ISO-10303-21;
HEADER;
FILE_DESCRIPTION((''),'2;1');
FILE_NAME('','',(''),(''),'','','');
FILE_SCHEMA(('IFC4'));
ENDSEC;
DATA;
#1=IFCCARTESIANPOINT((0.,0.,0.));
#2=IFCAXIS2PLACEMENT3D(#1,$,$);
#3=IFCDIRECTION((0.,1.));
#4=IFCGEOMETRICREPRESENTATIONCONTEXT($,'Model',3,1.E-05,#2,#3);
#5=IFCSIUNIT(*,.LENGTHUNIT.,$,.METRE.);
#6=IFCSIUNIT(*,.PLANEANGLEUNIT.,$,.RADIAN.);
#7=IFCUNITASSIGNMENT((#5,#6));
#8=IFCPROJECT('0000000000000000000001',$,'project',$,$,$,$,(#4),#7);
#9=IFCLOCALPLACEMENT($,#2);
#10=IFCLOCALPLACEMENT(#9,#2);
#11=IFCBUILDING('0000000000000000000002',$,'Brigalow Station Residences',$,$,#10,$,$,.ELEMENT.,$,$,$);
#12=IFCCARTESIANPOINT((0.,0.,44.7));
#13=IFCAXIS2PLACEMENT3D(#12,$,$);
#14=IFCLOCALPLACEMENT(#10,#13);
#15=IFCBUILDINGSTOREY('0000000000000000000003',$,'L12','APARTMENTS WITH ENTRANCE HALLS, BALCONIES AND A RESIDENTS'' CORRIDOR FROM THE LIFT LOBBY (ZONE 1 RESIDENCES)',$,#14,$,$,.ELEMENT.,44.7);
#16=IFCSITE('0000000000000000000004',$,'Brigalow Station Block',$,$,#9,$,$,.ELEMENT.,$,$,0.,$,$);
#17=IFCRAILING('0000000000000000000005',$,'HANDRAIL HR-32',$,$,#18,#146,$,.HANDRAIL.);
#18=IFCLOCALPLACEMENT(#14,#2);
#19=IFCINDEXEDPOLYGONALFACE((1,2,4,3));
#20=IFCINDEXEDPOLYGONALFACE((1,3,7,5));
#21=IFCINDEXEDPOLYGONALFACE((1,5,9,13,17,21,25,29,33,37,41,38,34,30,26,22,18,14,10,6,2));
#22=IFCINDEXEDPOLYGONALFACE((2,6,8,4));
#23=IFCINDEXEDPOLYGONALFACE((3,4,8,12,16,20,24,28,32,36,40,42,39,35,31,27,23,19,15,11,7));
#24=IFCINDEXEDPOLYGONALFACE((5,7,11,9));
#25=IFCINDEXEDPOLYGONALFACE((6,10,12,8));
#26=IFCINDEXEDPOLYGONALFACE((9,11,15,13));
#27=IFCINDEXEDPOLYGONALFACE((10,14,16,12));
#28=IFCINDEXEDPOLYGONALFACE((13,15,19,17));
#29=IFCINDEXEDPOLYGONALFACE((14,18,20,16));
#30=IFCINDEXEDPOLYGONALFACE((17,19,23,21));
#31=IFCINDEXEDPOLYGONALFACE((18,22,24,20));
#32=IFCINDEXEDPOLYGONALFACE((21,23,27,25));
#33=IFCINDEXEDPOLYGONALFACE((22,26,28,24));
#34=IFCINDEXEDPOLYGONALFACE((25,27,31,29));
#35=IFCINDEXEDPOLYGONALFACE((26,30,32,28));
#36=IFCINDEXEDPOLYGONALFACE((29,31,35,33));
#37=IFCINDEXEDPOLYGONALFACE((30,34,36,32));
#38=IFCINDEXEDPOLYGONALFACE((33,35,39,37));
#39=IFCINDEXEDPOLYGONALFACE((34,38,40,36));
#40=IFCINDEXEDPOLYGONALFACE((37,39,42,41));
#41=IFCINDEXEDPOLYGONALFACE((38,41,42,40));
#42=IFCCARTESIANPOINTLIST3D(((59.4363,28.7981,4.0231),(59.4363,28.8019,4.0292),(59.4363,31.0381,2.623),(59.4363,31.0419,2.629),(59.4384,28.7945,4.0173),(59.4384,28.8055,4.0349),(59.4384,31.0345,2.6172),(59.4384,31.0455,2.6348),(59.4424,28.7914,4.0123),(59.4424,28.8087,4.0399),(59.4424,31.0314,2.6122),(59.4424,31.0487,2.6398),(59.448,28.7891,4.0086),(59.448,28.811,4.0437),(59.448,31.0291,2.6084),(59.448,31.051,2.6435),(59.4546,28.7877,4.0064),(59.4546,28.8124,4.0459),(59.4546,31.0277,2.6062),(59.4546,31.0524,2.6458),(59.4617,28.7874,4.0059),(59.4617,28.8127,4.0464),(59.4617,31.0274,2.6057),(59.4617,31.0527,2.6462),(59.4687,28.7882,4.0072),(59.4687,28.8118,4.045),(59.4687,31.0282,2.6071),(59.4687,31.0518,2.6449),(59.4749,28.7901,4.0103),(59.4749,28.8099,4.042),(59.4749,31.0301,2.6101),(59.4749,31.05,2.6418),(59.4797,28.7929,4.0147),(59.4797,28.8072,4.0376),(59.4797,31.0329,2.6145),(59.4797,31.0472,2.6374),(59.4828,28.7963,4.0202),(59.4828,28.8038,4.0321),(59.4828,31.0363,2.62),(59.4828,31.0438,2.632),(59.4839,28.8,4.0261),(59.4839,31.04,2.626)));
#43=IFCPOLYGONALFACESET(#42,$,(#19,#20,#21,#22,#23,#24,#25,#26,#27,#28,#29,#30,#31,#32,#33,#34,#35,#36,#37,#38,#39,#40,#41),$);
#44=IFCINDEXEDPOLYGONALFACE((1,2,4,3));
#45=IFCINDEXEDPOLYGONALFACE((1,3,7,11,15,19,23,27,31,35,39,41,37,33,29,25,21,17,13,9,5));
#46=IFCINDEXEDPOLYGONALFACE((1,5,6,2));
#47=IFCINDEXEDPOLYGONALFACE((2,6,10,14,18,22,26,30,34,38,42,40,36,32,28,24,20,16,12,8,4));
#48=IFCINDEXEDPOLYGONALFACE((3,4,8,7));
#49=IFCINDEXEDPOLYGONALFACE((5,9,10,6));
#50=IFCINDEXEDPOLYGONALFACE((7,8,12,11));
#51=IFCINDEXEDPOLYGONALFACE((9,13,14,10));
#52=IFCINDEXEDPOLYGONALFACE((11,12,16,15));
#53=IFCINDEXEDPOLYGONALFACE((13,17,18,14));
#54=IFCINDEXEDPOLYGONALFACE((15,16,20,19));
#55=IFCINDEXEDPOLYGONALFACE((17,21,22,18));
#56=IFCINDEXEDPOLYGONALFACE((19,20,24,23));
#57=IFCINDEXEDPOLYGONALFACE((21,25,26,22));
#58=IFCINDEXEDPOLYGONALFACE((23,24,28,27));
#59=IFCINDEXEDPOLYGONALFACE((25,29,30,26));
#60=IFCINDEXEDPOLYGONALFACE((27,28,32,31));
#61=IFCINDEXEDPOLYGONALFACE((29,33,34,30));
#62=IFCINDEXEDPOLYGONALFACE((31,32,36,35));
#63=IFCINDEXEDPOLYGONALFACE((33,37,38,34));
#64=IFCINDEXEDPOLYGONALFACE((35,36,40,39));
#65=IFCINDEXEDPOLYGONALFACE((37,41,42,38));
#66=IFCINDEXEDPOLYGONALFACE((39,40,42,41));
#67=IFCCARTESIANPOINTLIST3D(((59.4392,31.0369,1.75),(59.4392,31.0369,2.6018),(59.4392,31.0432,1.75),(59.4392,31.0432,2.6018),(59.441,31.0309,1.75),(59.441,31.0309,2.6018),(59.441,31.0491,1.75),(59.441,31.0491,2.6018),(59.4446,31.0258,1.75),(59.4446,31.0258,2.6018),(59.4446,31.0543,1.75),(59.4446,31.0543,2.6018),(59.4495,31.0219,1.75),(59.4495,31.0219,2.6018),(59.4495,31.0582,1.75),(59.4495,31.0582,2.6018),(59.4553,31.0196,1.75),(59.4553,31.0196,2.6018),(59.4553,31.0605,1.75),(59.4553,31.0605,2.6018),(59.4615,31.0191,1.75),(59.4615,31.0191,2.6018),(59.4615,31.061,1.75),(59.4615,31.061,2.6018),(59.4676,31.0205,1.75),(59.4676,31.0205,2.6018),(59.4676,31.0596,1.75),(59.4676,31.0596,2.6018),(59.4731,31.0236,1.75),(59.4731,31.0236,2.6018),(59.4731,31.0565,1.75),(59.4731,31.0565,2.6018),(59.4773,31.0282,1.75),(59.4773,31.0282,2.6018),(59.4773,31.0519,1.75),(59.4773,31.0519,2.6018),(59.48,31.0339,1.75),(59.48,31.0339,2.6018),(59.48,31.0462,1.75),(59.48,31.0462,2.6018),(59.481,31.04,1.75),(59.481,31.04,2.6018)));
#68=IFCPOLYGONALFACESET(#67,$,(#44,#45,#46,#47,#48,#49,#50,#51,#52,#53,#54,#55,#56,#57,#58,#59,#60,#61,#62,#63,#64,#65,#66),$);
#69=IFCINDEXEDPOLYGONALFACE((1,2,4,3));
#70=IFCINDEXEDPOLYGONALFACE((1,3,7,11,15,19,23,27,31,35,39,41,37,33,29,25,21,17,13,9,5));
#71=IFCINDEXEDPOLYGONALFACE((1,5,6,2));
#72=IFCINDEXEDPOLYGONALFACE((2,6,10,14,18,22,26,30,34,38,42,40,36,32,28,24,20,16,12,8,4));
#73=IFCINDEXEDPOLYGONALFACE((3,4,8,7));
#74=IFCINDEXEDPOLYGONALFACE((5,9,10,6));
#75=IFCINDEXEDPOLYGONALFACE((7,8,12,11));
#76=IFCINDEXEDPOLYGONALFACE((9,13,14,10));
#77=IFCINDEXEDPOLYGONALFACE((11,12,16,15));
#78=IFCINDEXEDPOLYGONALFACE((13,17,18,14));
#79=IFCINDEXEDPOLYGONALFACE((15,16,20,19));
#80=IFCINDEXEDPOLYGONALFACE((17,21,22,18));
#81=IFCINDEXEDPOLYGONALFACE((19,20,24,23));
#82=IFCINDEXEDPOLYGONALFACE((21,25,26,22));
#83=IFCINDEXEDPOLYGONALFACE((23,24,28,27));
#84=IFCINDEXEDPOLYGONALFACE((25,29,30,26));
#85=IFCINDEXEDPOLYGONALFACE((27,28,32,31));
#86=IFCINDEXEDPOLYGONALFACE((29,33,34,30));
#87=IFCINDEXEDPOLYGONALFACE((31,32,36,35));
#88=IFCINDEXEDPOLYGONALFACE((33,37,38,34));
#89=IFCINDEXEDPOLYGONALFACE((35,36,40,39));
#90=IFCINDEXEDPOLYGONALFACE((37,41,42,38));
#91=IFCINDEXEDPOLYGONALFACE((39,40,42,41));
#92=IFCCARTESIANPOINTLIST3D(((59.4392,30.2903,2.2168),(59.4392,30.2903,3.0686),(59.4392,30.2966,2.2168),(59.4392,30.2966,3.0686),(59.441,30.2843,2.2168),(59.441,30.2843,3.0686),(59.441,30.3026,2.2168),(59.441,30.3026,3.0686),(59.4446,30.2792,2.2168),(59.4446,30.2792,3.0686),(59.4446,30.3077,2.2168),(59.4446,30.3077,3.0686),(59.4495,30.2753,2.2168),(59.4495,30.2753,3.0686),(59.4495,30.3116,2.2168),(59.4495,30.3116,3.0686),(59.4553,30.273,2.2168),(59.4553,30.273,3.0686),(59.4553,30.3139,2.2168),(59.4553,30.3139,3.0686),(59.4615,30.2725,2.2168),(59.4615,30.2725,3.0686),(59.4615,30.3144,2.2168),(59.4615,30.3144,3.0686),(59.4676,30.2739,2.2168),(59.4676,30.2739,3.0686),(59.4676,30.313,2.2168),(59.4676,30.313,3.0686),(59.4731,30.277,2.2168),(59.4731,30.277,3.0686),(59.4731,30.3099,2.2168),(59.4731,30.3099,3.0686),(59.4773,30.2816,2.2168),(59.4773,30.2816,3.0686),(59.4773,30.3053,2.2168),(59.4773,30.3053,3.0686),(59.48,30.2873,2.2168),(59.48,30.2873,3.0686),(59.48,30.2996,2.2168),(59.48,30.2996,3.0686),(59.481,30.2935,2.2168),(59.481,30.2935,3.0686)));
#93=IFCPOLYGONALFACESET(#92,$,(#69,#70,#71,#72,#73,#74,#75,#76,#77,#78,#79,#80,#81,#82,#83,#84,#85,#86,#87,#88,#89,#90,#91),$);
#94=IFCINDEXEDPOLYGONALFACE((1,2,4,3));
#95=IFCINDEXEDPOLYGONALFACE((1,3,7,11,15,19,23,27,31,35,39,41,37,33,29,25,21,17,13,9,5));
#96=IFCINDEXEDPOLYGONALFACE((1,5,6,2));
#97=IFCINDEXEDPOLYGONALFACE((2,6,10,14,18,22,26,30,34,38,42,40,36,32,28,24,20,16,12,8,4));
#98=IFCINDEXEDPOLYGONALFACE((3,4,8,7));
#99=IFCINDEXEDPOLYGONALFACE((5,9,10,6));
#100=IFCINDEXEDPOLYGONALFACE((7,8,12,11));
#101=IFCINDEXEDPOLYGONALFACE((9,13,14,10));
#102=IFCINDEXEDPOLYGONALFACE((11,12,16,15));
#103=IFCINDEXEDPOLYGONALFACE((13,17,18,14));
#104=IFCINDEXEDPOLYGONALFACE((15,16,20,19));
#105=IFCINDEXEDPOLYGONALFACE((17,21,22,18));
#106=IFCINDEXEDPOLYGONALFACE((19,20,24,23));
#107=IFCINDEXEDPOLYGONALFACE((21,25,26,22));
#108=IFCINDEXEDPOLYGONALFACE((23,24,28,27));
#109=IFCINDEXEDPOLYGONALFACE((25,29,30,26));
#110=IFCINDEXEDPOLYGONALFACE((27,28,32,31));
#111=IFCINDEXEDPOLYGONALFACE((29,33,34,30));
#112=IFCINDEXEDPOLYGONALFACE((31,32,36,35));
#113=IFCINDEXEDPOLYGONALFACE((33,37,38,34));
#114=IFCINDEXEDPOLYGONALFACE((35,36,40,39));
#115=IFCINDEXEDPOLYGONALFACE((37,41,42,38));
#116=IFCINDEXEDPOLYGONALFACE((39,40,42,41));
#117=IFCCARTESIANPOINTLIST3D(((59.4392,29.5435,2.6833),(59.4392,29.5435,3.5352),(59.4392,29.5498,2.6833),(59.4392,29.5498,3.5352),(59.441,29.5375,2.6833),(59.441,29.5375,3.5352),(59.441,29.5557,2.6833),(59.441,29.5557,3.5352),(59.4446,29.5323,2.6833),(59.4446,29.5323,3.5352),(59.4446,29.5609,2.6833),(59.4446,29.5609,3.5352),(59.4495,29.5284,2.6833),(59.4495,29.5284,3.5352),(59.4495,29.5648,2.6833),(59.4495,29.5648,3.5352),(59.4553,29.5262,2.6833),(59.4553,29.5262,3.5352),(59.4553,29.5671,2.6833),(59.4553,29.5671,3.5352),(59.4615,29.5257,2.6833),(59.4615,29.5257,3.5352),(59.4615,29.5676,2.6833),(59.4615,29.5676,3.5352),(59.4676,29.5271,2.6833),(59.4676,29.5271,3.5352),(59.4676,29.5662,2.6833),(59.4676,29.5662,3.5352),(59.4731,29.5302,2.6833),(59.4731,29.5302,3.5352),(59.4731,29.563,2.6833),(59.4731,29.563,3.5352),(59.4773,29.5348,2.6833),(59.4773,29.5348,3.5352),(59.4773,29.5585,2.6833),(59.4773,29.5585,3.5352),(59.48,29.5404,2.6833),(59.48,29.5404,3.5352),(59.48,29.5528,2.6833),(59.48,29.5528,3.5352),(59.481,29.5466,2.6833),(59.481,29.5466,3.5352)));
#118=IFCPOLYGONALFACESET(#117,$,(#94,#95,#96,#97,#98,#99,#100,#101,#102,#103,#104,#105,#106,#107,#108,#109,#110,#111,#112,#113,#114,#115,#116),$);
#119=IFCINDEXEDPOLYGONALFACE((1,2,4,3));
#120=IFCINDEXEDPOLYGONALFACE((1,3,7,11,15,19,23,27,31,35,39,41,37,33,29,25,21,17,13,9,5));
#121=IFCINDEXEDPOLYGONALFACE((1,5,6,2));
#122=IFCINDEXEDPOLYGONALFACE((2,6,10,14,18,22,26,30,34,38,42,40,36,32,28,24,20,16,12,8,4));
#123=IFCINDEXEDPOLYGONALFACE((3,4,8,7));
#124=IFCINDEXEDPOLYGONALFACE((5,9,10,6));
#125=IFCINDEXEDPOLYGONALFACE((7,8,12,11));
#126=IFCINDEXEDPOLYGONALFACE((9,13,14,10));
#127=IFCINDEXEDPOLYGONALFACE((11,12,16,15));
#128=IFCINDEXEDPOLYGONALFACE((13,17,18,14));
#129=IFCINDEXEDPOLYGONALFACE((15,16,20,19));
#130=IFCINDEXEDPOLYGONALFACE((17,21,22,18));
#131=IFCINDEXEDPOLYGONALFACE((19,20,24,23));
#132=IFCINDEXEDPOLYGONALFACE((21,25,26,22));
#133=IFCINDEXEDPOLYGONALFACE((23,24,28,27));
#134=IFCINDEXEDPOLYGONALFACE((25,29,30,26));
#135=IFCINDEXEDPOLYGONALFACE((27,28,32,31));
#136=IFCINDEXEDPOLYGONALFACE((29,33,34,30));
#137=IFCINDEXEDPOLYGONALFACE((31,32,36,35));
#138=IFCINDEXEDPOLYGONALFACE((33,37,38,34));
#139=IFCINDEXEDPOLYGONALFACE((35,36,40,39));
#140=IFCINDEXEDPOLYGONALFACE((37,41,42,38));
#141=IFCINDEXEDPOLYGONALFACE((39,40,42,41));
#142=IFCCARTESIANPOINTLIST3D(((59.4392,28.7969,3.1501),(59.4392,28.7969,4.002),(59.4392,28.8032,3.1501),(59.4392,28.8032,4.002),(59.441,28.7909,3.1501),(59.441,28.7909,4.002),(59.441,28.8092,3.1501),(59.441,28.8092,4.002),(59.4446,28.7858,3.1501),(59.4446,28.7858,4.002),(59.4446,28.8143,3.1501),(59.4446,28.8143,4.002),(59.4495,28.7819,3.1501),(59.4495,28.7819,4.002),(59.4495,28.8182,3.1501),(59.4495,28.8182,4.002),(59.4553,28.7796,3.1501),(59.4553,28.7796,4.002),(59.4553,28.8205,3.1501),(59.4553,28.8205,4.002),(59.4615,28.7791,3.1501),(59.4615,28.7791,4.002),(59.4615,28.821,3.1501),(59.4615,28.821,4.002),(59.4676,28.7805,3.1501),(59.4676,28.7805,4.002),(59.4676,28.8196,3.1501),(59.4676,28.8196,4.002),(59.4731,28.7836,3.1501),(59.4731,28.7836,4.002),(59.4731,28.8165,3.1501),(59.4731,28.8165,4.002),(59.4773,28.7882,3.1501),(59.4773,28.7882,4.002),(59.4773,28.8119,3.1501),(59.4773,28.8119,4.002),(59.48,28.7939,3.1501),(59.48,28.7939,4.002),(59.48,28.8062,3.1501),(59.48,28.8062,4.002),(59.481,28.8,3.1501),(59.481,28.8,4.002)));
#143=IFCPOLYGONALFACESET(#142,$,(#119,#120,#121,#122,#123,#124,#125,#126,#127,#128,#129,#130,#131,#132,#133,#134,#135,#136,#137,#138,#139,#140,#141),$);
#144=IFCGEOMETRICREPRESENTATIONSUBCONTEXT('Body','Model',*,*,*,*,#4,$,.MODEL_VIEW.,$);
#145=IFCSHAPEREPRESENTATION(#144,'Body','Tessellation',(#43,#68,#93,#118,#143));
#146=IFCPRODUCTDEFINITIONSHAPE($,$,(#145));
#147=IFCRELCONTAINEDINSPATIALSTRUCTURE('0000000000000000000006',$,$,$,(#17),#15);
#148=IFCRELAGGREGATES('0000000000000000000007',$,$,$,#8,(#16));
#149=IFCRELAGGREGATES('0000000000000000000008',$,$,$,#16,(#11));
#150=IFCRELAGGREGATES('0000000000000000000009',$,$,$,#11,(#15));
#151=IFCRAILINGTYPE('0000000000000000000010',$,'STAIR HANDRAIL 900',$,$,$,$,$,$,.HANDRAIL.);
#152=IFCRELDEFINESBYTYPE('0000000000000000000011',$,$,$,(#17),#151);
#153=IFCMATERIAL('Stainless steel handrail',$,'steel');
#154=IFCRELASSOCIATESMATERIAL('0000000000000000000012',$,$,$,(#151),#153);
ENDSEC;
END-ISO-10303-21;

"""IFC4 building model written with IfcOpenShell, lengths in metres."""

from ifc_helpers import new_model, si_unit, direction, frame, origin, origin_2d, place, context, subcontext, project, spatial, circle, extrude, material, type_object, element, save


model = new_model("IFC4")

# Units and contexts
model_context = context("Model", 3, precision=1e-05, world=origin(), true_north=direction((0.0, 1.0)))
body_context = subcontext(model_context, "Body", "Model", "MODEL_VIEW")
ifc_project = project(units=[si_unit("LENGTHUNIT", "METRE"), si_unit("PLANEANGLEUNIT", "RADIAN")], contexts=[model_context])

# Site, building, storey
site_placement = place(None, origin())
site = spatial("IfcSite", under=ifc_project, at=site_placement, Name="Brigalow Station Block", CompositionType="ELEMENT", RefElevation=0.0)
building_placement = place(site_placement, origin())
building = spatial("IfcBuilding", under=site, at=building_placement, Name="Brigalow Station Residences", CompositionType="ELEMENT")
storey_placement = place(building_placement, frame((0.0, 0.0, 44.7)))
storey = spatial("IfcBuildingStorey", under=building, at=storey_placement, Name="L12", Description="APARTMENTS WITH ENTRANCE HALLS, BALCONIES AND A RESIDENTS' CORRIDOR FROM THE LIFT LOBBY (ZONE 1 RESIDENCES)", CompositionType="ELEMENT", Elevation=44.7)

# Railing
ifc_material_1 = material(Name="Stainless steel handrail", Category="steel")
railing_type_1 = type_object("IfcRailingType", Name="STAIR HANDRAIL 900", PredefinedType="HANDRAIL", material=ifc_material_1)
railing_1_placement = place(storey_placement, frame((59.46, 31.04, 1.75)))
element("IfcRailing", 1, at=railing_1_placement, inside=storey, type_object=railing_type_1, Name="HANDRAIL HR-32", PredefinedType="HANDRAIL", context=body_context, shape_type="SweptSolid", body=[
    extrude(circle(Radius=0.0239, at=origin_2d()), frame((0.0, 0.0, 0.876), z_axis=(0.0, -0.847972, 0.53004), x_axis=(1.0, 0.0, 0.0)), (0.0, 0.0, 1.0), 2.6416),
    extrude(circle(Radius=0.021, at=origin_2d()), origin(), (0.0, 0.0, 1.0), 0.8518),
    extrude(circle(Radius=0.021, at=origin_2d()), frame((0.0, -0.7466, 0.4668)), (0.0, 0.0, 1.0), 0.8518),
    extrude(circle(Radius=0.021, at=origin_2d()), frame((0.0, -1.4934, 0.9333)), (0.0, 0.0, 1.0), 0.8518),
    extrude(circle(Radius=0.021, at=origin_2d()), frame((0.0, -2.24, 1.4001)), (0.0, 0.0, 1.0), 0.8518),
])

save(model, "model.ifc")
